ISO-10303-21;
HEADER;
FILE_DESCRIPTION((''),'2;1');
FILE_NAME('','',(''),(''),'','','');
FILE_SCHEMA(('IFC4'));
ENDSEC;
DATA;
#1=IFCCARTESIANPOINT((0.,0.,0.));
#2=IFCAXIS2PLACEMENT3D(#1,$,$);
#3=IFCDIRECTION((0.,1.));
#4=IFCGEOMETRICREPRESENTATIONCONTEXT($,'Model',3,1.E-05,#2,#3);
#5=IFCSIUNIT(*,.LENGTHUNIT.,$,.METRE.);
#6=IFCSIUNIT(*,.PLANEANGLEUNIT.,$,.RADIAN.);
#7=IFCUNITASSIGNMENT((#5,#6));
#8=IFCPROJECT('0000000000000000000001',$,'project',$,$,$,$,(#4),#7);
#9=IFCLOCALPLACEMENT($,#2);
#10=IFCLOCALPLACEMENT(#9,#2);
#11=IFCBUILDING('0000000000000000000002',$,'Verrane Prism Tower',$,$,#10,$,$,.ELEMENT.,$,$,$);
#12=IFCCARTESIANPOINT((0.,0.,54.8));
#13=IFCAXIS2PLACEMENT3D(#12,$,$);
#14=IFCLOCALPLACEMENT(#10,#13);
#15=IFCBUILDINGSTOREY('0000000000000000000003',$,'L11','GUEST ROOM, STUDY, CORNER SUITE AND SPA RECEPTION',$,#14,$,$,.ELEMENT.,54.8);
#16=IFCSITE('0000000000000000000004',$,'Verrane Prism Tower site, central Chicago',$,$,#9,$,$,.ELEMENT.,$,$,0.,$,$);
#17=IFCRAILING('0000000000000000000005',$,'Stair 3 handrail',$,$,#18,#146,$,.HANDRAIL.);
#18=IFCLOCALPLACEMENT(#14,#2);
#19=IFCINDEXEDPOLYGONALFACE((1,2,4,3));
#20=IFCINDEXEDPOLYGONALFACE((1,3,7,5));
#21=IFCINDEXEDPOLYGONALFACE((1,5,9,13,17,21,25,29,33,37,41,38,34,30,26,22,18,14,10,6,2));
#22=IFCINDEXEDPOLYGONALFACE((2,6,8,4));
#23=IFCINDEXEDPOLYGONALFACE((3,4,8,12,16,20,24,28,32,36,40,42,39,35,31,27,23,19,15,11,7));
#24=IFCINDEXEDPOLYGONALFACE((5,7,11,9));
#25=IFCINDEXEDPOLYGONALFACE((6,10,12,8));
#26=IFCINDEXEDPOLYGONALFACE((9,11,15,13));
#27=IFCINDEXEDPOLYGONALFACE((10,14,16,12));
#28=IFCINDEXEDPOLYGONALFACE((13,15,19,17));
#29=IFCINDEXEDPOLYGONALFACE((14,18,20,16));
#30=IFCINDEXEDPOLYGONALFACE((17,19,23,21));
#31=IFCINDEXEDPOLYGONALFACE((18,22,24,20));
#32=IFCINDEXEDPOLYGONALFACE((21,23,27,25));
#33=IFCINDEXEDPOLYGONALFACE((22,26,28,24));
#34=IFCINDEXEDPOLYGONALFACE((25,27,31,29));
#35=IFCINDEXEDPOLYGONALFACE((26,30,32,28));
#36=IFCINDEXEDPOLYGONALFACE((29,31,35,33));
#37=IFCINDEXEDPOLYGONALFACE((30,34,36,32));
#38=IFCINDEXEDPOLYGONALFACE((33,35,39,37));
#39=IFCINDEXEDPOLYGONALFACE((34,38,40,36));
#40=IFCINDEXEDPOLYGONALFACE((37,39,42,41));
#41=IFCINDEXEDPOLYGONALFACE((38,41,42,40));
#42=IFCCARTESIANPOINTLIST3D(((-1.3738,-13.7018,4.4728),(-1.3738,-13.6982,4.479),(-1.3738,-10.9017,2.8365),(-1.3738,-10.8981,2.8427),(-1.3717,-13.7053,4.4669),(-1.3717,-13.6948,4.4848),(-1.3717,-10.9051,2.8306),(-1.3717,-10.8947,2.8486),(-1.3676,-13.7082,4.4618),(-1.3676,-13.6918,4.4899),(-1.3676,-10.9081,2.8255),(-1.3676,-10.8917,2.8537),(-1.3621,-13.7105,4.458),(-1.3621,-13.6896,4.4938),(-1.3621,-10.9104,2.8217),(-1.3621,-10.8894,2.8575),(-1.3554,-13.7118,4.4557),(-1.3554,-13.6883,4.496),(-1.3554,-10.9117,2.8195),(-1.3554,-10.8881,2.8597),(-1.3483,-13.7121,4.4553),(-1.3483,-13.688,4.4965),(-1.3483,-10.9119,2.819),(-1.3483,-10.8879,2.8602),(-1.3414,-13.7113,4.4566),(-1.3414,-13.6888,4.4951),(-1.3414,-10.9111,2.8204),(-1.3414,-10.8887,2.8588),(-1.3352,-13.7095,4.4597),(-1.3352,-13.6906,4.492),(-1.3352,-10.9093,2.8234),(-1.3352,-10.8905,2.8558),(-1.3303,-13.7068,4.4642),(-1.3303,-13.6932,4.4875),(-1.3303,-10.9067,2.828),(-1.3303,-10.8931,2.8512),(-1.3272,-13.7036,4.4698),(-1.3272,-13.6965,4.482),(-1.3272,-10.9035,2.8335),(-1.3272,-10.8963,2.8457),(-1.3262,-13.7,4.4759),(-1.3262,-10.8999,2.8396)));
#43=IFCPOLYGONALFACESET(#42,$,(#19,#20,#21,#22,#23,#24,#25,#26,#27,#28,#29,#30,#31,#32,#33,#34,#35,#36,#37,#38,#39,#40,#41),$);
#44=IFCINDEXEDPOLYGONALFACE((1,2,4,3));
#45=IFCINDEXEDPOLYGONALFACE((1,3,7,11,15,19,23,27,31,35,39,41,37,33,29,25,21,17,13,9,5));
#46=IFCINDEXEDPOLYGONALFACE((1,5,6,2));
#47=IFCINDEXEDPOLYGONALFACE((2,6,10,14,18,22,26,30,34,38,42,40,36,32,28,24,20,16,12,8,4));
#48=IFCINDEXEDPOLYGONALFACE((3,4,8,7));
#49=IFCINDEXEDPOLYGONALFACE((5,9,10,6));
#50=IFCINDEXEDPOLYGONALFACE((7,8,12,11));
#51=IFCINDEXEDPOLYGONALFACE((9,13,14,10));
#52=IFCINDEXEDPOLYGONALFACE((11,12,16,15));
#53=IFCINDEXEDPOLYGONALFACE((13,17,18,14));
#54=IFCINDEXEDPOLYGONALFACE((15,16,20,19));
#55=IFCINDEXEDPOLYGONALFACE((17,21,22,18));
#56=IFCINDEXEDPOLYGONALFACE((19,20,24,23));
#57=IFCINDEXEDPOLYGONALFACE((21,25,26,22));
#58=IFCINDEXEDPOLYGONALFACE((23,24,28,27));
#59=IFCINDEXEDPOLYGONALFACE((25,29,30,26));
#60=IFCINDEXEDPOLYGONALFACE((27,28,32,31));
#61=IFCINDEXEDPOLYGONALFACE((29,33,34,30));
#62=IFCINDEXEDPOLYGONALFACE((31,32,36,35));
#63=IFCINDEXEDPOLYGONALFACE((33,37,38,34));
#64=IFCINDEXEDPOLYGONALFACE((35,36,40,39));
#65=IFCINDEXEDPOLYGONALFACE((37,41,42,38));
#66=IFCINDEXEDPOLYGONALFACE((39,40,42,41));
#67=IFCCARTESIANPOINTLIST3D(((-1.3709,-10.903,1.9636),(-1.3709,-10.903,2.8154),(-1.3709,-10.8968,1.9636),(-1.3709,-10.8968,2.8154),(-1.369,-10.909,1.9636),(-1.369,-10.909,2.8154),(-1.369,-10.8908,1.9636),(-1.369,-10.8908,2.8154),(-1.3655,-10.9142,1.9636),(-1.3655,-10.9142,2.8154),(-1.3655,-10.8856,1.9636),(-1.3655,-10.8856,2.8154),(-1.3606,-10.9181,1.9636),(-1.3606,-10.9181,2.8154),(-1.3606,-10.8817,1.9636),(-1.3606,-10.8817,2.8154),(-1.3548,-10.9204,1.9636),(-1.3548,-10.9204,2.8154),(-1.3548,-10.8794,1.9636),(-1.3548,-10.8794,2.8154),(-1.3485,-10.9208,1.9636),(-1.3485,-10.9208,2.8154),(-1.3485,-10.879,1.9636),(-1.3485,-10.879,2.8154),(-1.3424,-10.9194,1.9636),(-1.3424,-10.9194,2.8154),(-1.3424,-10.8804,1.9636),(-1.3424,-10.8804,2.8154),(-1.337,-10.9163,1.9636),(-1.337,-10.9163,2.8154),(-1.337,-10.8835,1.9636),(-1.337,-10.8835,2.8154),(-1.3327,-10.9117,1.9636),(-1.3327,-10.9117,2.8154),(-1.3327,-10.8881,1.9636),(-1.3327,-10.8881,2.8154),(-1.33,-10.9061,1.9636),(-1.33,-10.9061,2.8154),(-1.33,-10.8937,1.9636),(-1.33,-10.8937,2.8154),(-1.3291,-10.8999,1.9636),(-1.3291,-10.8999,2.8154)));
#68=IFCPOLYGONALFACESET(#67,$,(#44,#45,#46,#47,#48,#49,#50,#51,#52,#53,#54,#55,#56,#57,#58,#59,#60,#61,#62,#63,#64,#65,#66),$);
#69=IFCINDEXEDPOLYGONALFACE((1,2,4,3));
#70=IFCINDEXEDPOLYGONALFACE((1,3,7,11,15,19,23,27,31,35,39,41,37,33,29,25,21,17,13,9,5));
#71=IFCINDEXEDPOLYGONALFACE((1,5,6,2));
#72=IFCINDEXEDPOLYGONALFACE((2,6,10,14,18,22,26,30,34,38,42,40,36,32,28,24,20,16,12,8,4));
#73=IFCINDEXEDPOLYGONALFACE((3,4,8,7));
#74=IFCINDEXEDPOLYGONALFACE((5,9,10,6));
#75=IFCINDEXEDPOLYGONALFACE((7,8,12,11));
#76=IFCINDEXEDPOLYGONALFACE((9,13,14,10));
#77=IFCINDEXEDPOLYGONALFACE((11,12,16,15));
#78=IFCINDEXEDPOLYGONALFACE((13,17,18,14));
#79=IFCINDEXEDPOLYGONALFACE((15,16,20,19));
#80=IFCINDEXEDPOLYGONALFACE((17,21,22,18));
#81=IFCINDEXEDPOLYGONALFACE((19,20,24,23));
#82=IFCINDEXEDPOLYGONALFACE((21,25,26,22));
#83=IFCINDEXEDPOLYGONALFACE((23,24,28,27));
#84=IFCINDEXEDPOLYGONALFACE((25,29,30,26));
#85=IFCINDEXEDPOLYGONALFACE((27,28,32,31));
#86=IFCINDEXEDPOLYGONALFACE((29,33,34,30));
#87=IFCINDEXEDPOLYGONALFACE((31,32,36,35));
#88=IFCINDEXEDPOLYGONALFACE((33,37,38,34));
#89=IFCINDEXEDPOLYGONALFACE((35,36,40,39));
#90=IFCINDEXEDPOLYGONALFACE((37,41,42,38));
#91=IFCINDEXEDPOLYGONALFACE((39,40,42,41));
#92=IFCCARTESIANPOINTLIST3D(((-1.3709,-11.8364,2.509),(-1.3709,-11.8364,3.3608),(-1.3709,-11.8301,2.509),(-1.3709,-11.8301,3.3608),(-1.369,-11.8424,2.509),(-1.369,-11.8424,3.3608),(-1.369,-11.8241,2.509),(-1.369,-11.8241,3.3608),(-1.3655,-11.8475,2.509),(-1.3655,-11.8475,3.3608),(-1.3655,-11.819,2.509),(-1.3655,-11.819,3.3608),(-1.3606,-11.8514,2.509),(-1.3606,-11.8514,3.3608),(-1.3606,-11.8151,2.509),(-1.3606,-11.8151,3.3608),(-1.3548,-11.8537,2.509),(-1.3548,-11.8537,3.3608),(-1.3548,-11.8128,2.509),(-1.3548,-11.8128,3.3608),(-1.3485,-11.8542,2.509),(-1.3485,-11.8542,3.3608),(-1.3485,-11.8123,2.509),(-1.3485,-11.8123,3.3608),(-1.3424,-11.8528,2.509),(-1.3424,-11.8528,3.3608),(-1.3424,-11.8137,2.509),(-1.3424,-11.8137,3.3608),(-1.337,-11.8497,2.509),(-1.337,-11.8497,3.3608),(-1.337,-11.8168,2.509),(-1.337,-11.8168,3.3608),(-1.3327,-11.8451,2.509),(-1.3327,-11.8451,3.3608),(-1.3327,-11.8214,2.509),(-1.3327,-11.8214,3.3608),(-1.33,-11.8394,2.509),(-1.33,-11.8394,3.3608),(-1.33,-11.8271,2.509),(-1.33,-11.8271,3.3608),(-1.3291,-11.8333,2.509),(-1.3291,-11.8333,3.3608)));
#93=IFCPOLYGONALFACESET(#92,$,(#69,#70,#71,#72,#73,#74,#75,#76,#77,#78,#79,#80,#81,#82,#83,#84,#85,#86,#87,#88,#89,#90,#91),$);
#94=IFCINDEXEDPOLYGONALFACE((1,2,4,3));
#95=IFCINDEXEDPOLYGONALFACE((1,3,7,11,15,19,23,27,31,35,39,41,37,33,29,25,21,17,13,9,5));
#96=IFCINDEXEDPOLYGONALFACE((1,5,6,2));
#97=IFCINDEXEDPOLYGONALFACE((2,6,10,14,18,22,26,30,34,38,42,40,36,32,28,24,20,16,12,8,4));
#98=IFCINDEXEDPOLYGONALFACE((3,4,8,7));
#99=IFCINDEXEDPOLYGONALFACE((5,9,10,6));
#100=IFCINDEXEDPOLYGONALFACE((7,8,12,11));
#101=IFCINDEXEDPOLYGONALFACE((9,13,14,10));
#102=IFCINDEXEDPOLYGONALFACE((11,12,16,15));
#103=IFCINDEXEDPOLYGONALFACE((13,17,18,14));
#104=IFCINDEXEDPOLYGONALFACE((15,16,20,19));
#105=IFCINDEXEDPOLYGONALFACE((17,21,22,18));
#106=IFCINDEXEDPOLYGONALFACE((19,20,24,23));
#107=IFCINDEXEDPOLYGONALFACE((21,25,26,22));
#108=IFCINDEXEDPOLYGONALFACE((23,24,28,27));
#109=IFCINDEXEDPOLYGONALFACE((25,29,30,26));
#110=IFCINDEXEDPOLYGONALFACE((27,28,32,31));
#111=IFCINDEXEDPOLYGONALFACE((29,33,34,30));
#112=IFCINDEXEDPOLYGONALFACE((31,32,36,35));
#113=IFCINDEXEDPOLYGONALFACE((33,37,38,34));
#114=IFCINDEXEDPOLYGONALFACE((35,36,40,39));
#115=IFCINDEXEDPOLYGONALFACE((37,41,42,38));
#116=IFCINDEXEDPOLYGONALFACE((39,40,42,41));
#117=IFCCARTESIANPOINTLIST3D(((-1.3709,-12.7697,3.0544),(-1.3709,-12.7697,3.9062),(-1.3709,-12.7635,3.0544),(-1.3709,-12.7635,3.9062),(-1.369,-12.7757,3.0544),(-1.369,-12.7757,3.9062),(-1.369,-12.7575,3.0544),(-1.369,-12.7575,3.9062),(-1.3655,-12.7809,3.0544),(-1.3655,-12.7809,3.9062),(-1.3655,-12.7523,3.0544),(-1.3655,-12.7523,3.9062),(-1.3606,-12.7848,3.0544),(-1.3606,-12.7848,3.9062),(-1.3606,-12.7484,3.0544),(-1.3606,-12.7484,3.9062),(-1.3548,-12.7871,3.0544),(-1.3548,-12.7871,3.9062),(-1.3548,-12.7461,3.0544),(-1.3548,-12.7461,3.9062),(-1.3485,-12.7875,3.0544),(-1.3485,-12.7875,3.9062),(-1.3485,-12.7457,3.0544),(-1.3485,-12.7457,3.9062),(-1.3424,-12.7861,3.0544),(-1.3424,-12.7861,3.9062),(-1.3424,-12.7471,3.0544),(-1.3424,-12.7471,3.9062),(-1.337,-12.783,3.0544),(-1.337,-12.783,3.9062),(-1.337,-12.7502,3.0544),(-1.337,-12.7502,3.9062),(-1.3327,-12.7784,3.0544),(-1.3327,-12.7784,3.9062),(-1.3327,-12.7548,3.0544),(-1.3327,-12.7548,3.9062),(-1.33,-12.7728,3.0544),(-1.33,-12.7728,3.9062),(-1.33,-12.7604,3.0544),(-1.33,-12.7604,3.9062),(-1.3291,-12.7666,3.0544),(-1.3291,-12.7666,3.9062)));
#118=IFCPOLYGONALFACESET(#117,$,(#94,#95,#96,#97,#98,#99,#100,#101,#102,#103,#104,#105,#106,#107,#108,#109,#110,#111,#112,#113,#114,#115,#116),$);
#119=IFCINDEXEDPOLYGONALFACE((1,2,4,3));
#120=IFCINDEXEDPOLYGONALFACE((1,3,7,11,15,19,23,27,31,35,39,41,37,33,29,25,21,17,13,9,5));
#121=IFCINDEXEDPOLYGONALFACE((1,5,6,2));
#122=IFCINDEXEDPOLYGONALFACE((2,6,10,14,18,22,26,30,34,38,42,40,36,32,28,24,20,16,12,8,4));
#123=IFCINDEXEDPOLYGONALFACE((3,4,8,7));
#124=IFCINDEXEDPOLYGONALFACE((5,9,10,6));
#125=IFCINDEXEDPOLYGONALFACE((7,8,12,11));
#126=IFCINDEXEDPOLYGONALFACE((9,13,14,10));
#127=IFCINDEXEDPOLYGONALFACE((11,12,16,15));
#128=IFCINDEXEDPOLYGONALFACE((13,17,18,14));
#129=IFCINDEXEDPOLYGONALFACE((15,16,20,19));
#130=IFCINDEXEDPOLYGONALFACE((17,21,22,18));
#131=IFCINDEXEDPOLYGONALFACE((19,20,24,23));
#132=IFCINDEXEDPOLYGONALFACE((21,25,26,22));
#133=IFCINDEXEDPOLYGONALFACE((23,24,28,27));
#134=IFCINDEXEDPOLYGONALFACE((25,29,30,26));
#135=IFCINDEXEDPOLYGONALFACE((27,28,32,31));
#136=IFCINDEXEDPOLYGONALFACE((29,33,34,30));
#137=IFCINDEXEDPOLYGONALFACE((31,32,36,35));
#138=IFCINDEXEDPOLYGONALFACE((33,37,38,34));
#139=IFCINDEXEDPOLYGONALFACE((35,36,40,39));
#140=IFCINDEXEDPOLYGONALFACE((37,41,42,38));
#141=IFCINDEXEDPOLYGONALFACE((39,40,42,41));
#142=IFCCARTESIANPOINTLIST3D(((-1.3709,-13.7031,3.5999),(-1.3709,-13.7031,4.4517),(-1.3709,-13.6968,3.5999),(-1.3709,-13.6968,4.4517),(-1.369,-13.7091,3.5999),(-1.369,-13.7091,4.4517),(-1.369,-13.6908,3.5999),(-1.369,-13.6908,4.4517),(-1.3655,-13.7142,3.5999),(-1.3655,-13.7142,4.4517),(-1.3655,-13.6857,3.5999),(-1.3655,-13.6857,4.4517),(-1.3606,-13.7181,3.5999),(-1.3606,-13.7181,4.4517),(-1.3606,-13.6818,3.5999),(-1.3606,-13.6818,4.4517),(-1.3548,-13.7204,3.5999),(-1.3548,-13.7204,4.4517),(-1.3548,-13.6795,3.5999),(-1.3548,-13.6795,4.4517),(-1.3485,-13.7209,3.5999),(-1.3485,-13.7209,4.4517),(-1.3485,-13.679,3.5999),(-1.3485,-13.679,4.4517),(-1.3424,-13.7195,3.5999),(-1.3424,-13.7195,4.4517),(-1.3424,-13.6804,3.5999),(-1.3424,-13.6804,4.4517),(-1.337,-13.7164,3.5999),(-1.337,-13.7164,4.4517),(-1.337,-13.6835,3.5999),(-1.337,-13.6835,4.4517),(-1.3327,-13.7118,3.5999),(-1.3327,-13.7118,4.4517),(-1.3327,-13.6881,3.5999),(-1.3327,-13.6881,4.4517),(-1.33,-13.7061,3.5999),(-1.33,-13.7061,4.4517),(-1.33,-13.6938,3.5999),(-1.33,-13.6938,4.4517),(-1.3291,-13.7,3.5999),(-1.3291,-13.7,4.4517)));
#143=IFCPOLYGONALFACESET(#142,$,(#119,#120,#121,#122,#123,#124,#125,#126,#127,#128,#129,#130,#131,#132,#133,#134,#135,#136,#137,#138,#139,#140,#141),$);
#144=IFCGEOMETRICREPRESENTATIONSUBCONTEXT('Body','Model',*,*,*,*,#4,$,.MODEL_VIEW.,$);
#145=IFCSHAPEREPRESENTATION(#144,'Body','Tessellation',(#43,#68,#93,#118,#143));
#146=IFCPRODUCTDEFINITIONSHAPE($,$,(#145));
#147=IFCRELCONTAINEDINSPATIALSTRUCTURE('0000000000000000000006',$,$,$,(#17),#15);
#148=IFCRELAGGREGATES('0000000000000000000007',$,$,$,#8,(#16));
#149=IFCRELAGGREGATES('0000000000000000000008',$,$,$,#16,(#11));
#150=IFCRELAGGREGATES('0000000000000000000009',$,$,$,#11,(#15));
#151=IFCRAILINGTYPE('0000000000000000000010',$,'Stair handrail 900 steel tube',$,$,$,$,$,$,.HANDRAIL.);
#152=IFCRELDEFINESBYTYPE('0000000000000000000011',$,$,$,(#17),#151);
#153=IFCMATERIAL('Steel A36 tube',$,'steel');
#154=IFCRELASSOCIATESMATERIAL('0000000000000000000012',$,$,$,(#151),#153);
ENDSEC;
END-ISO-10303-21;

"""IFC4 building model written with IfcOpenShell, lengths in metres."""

from ifc_helpers import new_model, si_unit, direction, frame, origin, origin_2d, place, context, subcontext, project, spatial, circle, extrude, material, type_object, element, save


model = new_model("IFC4")

# Units and contexts
model_context = context("Model", 3, precision=1e-05, world=origin(), true_north=direction((0.0, 1.0)))
body_context = subcontext(model_context, "Body", "Model", "MODEL_VIEW")
ifc_project = project(units=[si_unit("LENGTHUNIT", "METRE"), si_unit("PLANEANGLEUNIT", "RADIAN")], contexts=[model_context])

# Site, building, storey
site_placement = place(None, origin())
site = spatial("IfcSite", under=ifc_project, at=site_placement, Name="Verrane Prism Tower site, central Chicago", CompositionType="ELEMENT", RefElevation=0.0)
building_placement = place(site_placement, origin())
building = spatial("IfcBuilding", under=site, at=building_placement, Name="Verrane Prism Tower", CompositionType="ELEMENT")
storey_placement = place(building_placement, frame((0.0, 0.0, 54.8)))
storey = spatial("IfcBuildingStorey", under=building, at=storey_placement, Name="L11", Description="GUEST ROOM, STUDY, CORNER SUITE AND SPA RECEPTION", CompositionType="ELEMENT", Elevation=54.8)

# Railing
ifc_material_1 = material(Name="Steel A36 tube", Category="steel")
railing_type = type_object("IfcRailingType", Name="Stair handrail 900 steel tube", PredefinedType="HANDRAIL", material=ifc_material_1)
railing_placement = place(storey_placement, frame((-1.3501, -10.8999, 1.9636)))
element("IfcRailing", 1, at=railing_placement, inside=storey, type_object=railing_type, Name="Stair 3 handrail", PredefinedType="HANDRAIL", context=body_context, shape_type="SweptSolid", body=[
    extrude(circle(Radius=0.0239, at=origin_2d()), frame((0.0, 0.0, 0.876), z_axis=(0.0, -0.863394, 0.504531), x_axis=(1.0, 0.0, 0.0)), (0.0, 0.0, 1.0), 3.2432),
    extrude(circle(Radius=0.021, at=origin_2d()), origin(), (0.0, 0.0, 1.0), 0.8518),
    extrude(circle(Radius=0.021, at=origin_2d()), frame((0.0, -0.9333, 0.5454)), (0.0, 0.0, 1.0), 0.8518),
    extrude(circle(Radius=0.021, at=origin_2d()), frame((0.0, -1.8667, 1.0908)), (0.0, 0.0, 1.0), 0.8518),
    extrude(circle(Radius=0.021, at=origin_2d()), frame((0.0, -2.8, 1.6362)), (0.0, 0.0, 1.0), 0.8518),
])

save(model, "model.ifc")
